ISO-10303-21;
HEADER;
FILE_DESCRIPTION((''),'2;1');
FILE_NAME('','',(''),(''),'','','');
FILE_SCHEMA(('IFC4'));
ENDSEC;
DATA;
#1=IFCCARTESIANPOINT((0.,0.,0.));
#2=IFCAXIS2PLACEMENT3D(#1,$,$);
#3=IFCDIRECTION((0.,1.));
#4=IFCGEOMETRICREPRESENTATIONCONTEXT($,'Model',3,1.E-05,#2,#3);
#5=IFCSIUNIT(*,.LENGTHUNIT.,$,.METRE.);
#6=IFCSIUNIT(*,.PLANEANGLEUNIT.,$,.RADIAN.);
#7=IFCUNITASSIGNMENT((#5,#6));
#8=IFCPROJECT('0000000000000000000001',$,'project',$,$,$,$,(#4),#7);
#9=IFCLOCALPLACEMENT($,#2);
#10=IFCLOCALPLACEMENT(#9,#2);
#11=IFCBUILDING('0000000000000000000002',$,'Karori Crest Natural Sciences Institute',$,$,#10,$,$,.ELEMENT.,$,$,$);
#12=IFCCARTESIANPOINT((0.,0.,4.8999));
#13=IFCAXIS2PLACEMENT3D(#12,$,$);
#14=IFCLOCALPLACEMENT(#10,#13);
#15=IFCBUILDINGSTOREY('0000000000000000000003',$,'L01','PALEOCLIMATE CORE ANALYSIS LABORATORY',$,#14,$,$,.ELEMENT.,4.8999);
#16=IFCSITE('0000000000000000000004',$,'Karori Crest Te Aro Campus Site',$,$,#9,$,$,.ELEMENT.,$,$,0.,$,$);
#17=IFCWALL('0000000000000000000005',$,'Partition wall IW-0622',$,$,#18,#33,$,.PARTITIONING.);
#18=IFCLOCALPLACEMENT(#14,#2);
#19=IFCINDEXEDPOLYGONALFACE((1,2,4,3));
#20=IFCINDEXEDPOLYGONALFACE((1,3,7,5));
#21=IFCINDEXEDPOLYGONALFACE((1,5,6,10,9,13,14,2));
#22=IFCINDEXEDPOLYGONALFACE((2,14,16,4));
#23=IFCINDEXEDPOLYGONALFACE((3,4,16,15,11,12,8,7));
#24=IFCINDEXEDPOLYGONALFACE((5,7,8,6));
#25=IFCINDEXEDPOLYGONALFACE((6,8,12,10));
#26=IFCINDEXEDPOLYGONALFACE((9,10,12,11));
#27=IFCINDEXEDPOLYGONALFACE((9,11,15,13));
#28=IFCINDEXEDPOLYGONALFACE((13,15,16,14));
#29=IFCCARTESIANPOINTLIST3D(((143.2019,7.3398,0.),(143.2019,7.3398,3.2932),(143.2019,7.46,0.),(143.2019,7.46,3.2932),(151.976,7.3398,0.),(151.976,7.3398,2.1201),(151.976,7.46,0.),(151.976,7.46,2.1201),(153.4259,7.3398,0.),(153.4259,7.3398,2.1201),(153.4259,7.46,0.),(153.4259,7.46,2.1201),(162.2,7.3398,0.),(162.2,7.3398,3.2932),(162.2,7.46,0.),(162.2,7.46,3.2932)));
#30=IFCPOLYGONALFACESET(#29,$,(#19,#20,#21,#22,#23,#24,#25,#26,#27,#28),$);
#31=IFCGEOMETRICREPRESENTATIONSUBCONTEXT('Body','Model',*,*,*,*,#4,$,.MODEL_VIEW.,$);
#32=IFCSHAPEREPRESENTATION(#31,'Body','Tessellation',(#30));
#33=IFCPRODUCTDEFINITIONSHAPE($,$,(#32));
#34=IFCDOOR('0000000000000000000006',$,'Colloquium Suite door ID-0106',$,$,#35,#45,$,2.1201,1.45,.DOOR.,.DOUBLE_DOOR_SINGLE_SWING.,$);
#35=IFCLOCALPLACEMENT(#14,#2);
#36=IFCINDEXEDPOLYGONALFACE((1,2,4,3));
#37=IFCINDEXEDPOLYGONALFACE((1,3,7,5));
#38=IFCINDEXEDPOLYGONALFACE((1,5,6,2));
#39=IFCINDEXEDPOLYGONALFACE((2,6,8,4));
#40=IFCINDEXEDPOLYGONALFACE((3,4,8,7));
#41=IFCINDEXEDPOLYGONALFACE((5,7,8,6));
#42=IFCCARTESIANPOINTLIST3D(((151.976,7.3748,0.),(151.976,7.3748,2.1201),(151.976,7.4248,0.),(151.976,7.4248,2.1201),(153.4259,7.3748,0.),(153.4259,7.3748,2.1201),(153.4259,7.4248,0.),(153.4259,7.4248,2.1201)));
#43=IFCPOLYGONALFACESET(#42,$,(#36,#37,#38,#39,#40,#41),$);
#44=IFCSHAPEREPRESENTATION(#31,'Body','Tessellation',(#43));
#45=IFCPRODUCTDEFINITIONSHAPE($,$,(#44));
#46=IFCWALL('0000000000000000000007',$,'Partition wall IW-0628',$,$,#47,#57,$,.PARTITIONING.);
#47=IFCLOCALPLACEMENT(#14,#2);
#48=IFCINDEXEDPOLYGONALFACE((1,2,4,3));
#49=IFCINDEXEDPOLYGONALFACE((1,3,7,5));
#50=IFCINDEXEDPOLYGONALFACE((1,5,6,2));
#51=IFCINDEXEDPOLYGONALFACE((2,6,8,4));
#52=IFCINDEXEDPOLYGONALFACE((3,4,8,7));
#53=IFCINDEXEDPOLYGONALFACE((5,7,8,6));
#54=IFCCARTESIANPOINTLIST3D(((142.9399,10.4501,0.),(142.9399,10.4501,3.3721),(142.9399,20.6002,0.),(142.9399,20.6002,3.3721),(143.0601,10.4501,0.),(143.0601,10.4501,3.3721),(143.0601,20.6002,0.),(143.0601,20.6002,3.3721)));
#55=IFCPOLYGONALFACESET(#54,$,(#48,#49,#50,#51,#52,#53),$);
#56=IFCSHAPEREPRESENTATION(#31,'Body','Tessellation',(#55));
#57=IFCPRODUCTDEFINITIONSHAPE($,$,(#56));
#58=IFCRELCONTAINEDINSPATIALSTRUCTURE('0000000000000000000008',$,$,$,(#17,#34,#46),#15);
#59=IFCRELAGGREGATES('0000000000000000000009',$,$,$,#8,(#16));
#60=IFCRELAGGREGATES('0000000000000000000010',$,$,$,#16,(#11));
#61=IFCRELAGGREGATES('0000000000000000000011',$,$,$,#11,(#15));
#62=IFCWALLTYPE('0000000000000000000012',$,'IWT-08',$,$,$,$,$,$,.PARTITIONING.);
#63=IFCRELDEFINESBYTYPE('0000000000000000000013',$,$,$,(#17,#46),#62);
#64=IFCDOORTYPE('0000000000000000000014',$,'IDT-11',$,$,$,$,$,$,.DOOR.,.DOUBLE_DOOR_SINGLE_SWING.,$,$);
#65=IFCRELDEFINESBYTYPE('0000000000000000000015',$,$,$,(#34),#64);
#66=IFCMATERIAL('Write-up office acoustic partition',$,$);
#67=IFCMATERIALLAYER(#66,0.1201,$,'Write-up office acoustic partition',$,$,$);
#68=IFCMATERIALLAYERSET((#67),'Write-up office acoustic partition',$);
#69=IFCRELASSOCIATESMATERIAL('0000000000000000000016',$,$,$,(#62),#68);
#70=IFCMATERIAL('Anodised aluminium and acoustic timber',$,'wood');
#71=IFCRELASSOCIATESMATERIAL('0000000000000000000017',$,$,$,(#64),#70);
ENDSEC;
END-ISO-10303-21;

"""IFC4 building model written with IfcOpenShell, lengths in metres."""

from ifc_helpers import new_model, si_unit, direction, frame, frame_2d, origin, place, context, subcontext, project, spatial, rectangle, extrude, material, layer, layer_set, type_object, element, fill, save


model = new_model("IFC4")

# Units and contexts
model_context = context("Model", 3, precision=1e-05, world=origin(), true_north=direction((0.0, 1.0)))
body_context = subcontext(model_context, "Body", "Model", "MODEL_VIEW")
ifc_project = project(units=[si_unit("LENGTHUNIT", "METRE"), si_unit("PLANEANGLEUNIT", "RADIAN")], contexts=[model_context])

# Site, building, storey
site_placement = place(None, origin())
site = spatial("IfcSite", under=ifc_project, at=site_placement, Name="Karori Crest Te Aro Campus Site", CompositionType="ELEMENT", RefElevation=0.0)
building_placement = place(site_placement, origin())
building = spatial("IfcBuilding", under=site, at=building_placement, Name="Karori Crest Natural Sciences Institute", CompositionType="ELEMENT")
storey_placement = place(building_placement, frame((0.0, 0.0, 4.8999)))
storey = spatial("IfcBuildingStorey", under=building, at=storey_placement, Name="L01", Description="PALEOCLIMATE CORE ANALYSIS LABORATORY", CompositionType="ELEMENT", Elevation=4.8999)

# Shared definitions
ifc_material_1 = material(Name="Write-up office acoustic partition")
ifc_layer = layer(ifc_material_1, 0.1201, Name="Write-up office acoustic partition")
ifc_layer_set = layer_set([ifc_layer], Name="Write-up office acoustic partition")
wall_type = type_object("IfcWallType", Name="IWT-08", PredefinedType="PARTITIONING", material=ifc_layer_set)
ifc_material_2 = material(Name="Anodised aluminium and acoustic timber", Category="wood")

# Wall, opening, door
wall_1_placement = place(storey_placement, frame((143.2019, 7.3999, 0.0), z_axis=(0.0, 0.0, 1.0), x_axis=(1.0, 0.0, 0.0)))
wall_1 = element("IfcWall", 1, at=wall_1_placement, inside=storey, type_object=wall_type, Name="Partition wall IW-0622", PredefinedType="PARTITIONING", context=body_context, shape_type="SweptSolid", body=[
    extrude(rectangle(XDim=18.998, YDim=0.1201, at=frame_2d((9.499, 0.0))), origin(), (0.0, 0.0, 1.0), 3.2932),
])
opening_1_placement = place(wall_1_placement, frame((8.7739, 0.0, 0.0)))
opening_1 = element("IfcOpeningElement", 2, at=opening_1_placement, cuts=wall_1, PredefinedType="OPENING", context=body_context, shape_type="SweptSolid", body=[
    extrude(rectangle(XDim=1.45, YDim=2.1201, at=frame_2d((0.7251, 1.0601))), frame((0.0, 0.0701, 0.0), z_axis=(0.0, -1.0, 0.0), x_axis=(1.0, 0.0, 0.0)), (0.0, 0.0, 1.0), 0.1401),
])
door_type_1 = type_object("IfcDoorType", Name="IDT-11", OperationType="DOUBLE_DOOR_SINGLE_SWING", PredefinedType="DOOR", material=ifc_material_2)
door_1_placement = place(opening_1_placement, origin())
door_1 = element("IfcDoor", 3, at=door_1_placement, inside=storey, type_object=door_type_1, Name="Colloquium Suite door ID-0106", OperationType="DOUBLE_DOOR_SINGLE_SWING", OverallHeight=2.1201, OverallWidth=1.45, PredefinedType="DOOR", context=body_context, shape_type="SweptSolid", body=[
    extrude(rectangle(XDim=1.45, YDim=2.1201, at=frame_2d((0.7251, 1.0601))), frame((0.0, 0.0249, 0.0), z_axis=(0.0, -1.0, 0.0), x_axis=(1.0, 0.0, 0.0)), (0.0, 0.0, 1.0), 0.05),
])
fill(opening_1, door_1)

# Wall
wall_2_placement = place(storey_placement, frame((143.0, 10.45, 0.0), z_axis=(0.0, 0.0, 1.0), x_axis=(0.0, 1.0, 0.0)))
element("IfcWall", 4, at=wall_2_placement, inside=storey, type_object=wall_type, Name="Partition wall IW-0628", PredefinedType="PARTITIONING", context=body_context, shape_type="SweptSolid", body=[
    extrude(rectangle(XDim=10.1501, YDim=0.1201, at=frame_2d((5.0752, 0.0))), origin(), (0.0, 0.0, 1.0), 3.3721),
])

save(model, "model.ifc")
